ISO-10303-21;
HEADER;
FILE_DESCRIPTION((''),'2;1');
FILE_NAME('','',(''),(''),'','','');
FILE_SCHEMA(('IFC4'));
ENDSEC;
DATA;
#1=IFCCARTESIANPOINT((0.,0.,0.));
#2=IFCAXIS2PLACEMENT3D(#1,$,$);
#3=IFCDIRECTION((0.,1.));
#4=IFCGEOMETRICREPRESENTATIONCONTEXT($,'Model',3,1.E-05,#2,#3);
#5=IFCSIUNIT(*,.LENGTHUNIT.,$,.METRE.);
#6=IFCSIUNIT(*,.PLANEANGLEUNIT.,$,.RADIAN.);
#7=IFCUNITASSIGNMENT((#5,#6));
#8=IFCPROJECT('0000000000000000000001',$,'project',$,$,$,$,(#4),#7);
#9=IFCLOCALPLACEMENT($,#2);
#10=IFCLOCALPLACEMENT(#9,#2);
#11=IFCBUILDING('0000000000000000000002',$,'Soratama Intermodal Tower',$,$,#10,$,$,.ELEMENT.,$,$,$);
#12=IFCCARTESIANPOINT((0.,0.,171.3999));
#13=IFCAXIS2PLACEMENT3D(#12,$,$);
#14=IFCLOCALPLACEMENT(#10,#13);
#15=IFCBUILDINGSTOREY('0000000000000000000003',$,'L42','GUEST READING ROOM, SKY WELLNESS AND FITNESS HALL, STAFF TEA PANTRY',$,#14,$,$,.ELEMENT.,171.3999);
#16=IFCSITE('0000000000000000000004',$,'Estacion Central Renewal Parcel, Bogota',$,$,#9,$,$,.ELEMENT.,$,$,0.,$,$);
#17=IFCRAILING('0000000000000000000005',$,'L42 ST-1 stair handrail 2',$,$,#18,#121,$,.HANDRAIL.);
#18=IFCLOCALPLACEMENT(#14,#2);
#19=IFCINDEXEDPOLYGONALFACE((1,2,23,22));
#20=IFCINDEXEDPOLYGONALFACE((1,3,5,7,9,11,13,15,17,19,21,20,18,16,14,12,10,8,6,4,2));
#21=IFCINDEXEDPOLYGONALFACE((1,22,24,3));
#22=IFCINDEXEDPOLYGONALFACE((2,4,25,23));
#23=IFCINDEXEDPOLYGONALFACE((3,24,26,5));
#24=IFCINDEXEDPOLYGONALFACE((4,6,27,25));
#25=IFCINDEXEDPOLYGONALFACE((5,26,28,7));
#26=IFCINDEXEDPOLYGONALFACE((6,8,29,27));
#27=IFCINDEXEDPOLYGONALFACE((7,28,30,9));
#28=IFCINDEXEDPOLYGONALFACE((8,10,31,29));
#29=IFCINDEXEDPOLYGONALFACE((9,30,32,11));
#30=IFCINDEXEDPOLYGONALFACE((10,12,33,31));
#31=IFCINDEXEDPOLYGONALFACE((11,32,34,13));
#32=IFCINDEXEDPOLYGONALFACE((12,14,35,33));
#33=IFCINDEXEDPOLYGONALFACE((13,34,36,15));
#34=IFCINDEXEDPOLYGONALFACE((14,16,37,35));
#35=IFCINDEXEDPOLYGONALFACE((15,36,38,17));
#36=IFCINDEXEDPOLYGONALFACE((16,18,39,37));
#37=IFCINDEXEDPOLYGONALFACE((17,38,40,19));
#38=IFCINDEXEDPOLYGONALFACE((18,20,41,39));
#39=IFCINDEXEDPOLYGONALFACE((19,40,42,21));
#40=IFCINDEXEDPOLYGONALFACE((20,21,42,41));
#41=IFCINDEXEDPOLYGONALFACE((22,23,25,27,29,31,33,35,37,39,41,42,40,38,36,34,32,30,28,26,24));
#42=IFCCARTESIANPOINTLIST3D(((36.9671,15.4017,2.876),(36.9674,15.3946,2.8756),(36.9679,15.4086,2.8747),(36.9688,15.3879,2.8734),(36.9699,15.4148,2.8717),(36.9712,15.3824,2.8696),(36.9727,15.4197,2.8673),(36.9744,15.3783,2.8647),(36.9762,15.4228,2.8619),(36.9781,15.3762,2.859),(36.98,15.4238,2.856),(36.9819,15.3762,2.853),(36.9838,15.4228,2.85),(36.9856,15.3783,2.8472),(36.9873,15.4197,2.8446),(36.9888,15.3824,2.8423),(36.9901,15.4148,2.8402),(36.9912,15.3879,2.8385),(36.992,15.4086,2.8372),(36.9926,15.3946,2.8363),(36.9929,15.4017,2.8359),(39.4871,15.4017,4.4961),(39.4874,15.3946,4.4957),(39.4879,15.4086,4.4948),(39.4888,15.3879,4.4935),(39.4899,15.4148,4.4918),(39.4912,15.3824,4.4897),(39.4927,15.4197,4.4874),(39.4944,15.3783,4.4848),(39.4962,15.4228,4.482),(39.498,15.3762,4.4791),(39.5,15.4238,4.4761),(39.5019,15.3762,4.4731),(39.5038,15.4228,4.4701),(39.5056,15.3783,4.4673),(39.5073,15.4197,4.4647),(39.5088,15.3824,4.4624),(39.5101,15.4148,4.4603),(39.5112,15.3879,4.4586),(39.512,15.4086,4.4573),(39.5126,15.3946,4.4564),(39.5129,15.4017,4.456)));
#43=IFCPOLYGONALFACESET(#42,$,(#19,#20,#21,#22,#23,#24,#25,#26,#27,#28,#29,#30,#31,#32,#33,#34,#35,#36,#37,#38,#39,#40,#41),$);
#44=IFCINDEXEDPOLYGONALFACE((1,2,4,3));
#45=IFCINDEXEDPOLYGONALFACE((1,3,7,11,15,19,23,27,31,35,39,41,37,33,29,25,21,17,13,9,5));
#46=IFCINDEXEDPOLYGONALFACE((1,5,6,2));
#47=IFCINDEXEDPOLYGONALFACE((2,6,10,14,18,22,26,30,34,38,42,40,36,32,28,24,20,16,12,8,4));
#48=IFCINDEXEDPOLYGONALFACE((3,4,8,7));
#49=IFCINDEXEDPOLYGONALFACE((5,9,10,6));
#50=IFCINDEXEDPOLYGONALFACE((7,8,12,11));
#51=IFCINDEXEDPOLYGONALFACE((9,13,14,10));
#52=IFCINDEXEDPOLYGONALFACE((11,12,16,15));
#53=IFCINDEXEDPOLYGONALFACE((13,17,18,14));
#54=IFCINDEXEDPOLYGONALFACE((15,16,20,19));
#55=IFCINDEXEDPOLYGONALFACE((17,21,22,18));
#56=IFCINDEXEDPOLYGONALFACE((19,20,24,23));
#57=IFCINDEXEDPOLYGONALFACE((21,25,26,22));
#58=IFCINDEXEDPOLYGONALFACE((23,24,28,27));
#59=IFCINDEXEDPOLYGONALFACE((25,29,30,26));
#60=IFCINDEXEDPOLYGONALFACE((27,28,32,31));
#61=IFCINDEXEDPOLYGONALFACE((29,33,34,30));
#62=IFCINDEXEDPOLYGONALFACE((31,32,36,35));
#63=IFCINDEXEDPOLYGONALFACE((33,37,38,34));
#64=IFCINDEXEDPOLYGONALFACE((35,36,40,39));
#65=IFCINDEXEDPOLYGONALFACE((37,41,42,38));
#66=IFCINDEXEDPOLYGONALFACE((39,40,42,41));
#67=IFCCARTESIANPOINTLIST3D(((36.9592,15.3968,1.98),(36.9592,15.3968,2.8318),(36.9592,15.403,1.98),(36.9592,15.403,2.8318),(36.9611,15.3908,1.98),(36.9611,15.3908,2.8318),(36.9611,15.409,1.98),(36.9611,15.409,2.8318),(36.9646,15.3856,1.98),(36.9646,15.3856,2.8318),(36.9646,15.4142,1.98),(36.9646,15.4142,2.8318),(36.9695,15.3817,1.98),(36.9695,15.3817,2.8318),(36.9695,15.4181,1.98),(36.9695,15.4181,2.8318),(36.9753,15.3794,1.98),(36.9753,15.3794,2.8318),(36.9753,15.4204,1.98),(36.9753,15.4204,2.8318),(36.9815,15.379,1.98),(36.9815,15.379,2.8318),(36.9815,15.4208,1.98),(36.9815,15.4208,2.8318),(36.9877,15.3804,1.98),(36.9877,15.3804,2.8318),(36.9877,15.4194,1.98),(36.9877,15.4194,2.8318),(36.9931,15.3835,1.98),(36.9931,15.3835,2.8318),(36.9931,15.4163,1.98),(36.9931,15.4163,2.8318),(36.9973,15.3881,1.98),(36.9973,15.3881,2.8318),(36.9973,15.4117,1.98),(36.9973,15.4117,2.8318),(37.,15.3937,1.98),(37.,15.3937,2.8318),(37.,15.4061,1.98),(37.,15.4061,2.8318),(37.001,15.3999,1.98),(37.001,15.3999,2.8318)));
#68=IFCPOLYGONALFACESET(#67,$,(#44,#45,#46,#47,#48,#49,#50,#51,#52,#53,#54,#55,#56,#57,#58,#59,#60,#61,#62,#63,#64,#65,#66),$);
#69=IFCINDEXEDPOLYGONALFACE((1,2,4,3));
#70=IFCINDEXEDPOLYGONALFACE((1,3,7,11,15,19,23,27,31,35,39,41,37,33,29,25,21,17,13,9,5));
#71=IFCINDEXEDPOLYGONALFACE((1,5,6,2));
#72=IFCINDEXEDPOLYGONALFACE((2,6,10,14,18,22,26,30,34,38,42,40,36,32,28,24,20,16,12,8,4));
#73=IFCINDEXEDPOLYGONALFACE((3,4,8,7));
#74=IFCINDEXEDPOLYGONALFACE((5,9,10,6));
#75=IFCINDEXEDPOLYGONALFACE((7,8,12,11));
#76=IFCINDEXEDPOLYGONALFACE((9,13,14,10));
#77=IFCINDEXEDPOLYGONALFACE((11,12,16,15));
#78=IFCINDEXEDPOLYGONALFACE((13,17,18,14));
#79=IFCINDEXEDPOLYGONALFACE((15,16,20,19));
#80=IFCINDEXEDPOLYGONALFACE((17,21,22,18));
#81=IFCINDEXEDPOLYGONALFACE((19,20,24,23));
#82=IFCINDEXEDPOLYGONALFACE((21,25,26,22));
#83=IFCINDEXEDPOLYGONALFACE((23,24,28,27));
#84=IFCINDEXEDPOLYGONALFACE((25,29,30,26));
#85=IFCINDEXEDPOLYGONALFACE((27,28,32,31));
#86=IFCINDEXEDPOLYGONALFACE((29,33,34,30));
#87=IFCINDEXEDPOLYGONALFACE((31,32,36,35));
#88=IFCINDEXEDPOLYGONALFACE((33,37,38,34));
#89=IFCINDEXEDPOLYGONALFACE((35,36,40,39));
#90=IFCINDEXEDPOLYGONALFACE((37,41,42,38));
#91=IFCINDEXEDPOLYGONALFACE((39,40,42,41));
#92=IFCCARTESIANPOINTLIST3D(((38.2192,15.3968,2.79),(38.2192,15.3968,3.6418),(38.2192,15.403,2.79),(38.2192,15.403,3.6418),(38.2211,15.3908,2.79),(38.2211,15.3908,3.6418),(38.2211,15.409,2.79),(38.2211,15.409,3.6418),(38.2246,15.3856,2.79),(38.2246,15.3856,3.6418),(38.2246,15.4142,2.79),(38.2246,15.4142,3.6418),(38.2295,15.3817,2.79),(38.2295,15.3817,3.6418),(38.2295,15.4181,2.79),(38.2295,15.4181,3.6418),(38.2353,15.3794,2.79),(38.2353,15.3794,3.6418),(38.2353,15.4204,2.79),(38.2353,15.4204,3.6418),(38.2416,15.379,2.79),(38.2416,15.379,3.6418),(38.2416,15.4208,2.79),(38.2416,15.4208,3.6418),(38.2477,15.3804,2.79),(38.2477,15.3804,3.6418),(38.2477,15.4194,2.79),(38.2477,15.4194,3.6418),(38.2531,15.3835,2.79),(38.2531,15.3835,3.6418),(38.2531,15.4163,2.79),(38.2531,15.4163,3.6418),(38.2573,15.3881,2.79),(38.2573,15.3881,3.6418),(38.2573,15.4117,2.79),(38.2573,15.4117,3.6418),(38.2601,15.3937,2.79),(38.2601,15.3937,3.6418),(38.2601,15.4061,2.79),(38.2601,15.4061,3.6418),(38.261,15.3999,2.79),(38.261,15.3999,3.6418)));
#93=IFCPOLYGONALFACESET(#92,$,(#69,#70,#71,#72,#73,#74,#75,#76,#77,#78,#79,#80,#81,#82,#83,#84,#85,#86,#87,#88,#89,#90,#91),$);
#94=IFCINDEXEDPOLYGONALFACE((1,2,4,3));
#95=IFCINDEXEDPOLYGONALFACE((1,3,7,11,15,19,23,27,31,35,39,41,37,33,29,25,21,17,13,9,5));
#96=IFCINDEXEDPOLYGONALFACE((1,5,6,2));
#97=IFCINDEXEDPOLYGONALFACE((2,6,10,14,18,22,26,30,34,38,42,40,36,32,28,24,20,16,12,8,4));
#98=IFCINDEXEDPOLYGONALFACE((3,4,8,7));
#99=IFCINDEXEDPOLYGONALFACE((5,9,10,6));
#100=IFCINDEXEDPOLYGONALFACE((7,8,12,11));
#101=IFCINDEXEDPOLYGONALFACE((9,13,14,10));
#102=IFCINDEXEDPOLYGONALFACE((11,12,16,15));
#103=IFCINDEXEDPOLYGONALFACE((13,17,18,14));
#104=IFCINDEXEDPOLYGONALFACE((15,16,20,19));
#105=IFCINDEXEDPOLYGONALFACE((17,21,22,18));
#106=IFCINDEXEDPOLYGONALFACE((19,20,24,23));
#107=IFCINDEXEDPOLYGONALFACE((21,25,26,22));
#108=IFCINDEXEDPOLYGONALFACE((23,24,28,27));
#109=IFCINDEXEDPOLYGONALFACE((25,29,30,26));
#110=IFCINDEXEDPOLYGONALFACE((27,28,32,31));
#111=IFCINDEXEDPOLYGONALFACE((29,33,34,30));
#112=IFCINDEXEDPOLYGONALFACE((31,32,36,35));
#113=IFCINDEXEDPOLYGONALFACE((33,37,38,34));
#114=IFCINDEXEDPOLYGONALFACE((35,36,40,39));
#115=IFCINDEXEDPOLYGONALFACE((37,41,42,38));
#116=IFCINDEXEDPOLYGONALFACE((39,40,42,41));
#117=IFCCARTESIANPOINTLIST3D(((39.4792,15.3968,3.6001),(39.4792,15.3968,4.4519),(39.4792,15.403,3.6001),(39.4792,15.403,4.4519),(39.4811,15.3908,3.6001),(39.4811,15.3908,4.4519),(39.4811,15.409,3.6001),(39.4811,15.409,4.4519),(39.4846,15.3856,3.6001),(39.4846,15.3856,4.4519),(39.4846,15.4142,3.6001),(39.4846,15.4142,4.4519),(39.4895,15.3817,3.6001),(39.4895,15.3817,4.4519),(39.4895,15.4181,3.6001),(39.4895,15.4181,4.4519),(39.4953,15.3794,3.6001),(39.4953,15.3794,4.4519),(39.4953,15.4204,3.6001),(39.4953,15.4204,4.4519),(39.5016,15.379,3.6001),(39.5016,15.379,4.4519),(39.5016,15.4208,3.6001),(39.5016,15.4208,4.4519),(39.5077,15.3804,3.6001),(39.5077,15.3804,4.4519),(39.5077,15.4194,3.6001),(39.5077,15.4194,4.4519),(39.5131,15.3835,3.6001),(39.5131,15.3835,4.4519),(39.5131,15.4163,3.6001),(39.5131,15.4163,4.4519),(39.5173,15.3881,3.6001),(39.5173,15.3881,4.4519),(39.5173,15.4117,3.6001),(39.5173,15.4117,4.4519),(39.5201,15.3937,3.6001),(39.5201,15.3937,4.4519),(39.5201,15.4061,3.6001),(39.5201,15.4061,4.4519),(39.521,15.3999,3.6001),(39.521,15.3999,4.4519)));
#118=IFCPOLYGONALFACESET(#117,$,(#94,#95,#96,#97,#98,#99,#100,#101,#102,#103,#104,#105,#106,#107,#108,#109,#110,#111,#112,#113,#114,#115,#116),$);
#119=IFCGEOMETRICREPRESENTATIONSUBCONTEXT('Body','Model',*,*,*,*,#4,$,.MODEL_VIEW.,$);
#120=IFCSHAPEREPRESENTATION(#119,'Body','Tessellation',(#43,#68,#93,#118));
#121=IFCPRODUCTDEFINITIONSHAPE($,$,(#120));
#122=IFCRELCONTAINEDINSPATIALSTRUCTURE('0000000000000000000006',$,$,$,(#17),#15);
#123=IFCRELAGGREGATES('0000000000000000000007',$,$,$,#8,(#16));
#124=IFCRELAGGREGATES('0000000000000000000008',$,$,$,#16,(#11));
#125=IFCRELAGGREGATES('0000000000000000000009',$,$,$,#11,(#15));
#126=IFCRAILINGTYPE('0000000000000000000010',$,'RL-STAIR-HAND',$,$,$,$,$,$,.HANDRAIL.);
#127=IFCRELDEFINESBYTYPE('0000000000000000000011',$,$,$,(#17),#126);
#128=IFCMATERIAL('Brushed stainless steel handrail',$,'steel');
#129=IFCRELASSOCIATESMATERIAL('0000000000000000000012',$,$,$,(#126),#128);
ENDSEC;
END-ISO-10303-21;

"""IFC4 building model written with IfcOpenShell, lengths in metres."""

from ifc_helpers import new_model, si_unit, direction, frame, origin, origin_2d, place, context, subcontext, project, spatial, circle, extrude, material, type_object, element, save


model = new_model("IFC4")

# Units and contexts
model_context = context("Model", 3, precision=1e-05, world=origin(), true_north=direction((0.0, 1.0)))
body_context = subcontext(model_context, "Body", "Model", "MODEL_VIEW")
ifc_project = project(units=[si_unit("LENGTHUNIT", "METRE"), si_unit("PLANEANGLEUNIT", "RADIAN")], contexts=[model_context])

# Site, building, storey
site_placement = place(None, origin())
site = spatial("IfcSite", under=ifc_project, at=site_placement, Name="Estacion Central Renewal Parcel, Bogota", CompositionType="ELEMENT", RefElevation=0.0)
building_placement = place(site_placement, origin())
building = spatial("IfcBuilding", under=site, at=building_placement, Name="Soratama Intermodal Tower", CompositionType="ELEMENT")
storey_placement = place(building_placement, frame((0.0, 0.0, 171.3999)))
storey = spatial("IfcBuildingStorey", under=building, at=storey_placement, Name="L42", Description="GUEST READING ROOM, SKY WELLNESS AND FITNESS HALL, STAFF TEA PANTRY", CompositionType="ELEMENT", Elevation=171.3999)

# Railing
ifc_material_1 = material(Name="Brushed stainless steel handrail", Category="steel")
railing_type_1 = type_object("IfcRailingType", Name="RL-STAIR-HAND", PredefinedType="HANDRAIL", material=ifc_material_1)
railing_1_placement = place(storey_placement, frame((36.98, 15.3999, 1.98)))
element("IfcRailing", 1, at=railing_1_placement, inside=storey, type_object=railing_type_1, Name="L42 ST-1 stair handrail 2", PredefinedType="HANDRAIL", context=body_context, shape_type="SweptSolid", body=[
    extrude(circle(Radius=0.0239, at=origin_2d()), frame((0.0, 0.0, 0.876), z_axis=(0.841163, 0.0, 0.540782), x_axis=(0.0, 1.0, 0.0)), (0.0, 0.0, 1.0), 2.9958),
    extrude(circle(Radius=0.021, at=origin_2d()), origin(), (0.0, 0.0, 1.0), 0.8518),
    extrude(circle(Radius=0.021, at=origin_2d()), frame((1.26, 0.0, 0.8101)), (0.0, 0.0, 1.0), 0.8518),
    extrude(circle(Radius=0.021, at=origin_2d()), frame((2.52, 0.0, 1.6201)), (0.0, 0.0, 1.0), 0.8518),
])

save(model, "model.ifc")
